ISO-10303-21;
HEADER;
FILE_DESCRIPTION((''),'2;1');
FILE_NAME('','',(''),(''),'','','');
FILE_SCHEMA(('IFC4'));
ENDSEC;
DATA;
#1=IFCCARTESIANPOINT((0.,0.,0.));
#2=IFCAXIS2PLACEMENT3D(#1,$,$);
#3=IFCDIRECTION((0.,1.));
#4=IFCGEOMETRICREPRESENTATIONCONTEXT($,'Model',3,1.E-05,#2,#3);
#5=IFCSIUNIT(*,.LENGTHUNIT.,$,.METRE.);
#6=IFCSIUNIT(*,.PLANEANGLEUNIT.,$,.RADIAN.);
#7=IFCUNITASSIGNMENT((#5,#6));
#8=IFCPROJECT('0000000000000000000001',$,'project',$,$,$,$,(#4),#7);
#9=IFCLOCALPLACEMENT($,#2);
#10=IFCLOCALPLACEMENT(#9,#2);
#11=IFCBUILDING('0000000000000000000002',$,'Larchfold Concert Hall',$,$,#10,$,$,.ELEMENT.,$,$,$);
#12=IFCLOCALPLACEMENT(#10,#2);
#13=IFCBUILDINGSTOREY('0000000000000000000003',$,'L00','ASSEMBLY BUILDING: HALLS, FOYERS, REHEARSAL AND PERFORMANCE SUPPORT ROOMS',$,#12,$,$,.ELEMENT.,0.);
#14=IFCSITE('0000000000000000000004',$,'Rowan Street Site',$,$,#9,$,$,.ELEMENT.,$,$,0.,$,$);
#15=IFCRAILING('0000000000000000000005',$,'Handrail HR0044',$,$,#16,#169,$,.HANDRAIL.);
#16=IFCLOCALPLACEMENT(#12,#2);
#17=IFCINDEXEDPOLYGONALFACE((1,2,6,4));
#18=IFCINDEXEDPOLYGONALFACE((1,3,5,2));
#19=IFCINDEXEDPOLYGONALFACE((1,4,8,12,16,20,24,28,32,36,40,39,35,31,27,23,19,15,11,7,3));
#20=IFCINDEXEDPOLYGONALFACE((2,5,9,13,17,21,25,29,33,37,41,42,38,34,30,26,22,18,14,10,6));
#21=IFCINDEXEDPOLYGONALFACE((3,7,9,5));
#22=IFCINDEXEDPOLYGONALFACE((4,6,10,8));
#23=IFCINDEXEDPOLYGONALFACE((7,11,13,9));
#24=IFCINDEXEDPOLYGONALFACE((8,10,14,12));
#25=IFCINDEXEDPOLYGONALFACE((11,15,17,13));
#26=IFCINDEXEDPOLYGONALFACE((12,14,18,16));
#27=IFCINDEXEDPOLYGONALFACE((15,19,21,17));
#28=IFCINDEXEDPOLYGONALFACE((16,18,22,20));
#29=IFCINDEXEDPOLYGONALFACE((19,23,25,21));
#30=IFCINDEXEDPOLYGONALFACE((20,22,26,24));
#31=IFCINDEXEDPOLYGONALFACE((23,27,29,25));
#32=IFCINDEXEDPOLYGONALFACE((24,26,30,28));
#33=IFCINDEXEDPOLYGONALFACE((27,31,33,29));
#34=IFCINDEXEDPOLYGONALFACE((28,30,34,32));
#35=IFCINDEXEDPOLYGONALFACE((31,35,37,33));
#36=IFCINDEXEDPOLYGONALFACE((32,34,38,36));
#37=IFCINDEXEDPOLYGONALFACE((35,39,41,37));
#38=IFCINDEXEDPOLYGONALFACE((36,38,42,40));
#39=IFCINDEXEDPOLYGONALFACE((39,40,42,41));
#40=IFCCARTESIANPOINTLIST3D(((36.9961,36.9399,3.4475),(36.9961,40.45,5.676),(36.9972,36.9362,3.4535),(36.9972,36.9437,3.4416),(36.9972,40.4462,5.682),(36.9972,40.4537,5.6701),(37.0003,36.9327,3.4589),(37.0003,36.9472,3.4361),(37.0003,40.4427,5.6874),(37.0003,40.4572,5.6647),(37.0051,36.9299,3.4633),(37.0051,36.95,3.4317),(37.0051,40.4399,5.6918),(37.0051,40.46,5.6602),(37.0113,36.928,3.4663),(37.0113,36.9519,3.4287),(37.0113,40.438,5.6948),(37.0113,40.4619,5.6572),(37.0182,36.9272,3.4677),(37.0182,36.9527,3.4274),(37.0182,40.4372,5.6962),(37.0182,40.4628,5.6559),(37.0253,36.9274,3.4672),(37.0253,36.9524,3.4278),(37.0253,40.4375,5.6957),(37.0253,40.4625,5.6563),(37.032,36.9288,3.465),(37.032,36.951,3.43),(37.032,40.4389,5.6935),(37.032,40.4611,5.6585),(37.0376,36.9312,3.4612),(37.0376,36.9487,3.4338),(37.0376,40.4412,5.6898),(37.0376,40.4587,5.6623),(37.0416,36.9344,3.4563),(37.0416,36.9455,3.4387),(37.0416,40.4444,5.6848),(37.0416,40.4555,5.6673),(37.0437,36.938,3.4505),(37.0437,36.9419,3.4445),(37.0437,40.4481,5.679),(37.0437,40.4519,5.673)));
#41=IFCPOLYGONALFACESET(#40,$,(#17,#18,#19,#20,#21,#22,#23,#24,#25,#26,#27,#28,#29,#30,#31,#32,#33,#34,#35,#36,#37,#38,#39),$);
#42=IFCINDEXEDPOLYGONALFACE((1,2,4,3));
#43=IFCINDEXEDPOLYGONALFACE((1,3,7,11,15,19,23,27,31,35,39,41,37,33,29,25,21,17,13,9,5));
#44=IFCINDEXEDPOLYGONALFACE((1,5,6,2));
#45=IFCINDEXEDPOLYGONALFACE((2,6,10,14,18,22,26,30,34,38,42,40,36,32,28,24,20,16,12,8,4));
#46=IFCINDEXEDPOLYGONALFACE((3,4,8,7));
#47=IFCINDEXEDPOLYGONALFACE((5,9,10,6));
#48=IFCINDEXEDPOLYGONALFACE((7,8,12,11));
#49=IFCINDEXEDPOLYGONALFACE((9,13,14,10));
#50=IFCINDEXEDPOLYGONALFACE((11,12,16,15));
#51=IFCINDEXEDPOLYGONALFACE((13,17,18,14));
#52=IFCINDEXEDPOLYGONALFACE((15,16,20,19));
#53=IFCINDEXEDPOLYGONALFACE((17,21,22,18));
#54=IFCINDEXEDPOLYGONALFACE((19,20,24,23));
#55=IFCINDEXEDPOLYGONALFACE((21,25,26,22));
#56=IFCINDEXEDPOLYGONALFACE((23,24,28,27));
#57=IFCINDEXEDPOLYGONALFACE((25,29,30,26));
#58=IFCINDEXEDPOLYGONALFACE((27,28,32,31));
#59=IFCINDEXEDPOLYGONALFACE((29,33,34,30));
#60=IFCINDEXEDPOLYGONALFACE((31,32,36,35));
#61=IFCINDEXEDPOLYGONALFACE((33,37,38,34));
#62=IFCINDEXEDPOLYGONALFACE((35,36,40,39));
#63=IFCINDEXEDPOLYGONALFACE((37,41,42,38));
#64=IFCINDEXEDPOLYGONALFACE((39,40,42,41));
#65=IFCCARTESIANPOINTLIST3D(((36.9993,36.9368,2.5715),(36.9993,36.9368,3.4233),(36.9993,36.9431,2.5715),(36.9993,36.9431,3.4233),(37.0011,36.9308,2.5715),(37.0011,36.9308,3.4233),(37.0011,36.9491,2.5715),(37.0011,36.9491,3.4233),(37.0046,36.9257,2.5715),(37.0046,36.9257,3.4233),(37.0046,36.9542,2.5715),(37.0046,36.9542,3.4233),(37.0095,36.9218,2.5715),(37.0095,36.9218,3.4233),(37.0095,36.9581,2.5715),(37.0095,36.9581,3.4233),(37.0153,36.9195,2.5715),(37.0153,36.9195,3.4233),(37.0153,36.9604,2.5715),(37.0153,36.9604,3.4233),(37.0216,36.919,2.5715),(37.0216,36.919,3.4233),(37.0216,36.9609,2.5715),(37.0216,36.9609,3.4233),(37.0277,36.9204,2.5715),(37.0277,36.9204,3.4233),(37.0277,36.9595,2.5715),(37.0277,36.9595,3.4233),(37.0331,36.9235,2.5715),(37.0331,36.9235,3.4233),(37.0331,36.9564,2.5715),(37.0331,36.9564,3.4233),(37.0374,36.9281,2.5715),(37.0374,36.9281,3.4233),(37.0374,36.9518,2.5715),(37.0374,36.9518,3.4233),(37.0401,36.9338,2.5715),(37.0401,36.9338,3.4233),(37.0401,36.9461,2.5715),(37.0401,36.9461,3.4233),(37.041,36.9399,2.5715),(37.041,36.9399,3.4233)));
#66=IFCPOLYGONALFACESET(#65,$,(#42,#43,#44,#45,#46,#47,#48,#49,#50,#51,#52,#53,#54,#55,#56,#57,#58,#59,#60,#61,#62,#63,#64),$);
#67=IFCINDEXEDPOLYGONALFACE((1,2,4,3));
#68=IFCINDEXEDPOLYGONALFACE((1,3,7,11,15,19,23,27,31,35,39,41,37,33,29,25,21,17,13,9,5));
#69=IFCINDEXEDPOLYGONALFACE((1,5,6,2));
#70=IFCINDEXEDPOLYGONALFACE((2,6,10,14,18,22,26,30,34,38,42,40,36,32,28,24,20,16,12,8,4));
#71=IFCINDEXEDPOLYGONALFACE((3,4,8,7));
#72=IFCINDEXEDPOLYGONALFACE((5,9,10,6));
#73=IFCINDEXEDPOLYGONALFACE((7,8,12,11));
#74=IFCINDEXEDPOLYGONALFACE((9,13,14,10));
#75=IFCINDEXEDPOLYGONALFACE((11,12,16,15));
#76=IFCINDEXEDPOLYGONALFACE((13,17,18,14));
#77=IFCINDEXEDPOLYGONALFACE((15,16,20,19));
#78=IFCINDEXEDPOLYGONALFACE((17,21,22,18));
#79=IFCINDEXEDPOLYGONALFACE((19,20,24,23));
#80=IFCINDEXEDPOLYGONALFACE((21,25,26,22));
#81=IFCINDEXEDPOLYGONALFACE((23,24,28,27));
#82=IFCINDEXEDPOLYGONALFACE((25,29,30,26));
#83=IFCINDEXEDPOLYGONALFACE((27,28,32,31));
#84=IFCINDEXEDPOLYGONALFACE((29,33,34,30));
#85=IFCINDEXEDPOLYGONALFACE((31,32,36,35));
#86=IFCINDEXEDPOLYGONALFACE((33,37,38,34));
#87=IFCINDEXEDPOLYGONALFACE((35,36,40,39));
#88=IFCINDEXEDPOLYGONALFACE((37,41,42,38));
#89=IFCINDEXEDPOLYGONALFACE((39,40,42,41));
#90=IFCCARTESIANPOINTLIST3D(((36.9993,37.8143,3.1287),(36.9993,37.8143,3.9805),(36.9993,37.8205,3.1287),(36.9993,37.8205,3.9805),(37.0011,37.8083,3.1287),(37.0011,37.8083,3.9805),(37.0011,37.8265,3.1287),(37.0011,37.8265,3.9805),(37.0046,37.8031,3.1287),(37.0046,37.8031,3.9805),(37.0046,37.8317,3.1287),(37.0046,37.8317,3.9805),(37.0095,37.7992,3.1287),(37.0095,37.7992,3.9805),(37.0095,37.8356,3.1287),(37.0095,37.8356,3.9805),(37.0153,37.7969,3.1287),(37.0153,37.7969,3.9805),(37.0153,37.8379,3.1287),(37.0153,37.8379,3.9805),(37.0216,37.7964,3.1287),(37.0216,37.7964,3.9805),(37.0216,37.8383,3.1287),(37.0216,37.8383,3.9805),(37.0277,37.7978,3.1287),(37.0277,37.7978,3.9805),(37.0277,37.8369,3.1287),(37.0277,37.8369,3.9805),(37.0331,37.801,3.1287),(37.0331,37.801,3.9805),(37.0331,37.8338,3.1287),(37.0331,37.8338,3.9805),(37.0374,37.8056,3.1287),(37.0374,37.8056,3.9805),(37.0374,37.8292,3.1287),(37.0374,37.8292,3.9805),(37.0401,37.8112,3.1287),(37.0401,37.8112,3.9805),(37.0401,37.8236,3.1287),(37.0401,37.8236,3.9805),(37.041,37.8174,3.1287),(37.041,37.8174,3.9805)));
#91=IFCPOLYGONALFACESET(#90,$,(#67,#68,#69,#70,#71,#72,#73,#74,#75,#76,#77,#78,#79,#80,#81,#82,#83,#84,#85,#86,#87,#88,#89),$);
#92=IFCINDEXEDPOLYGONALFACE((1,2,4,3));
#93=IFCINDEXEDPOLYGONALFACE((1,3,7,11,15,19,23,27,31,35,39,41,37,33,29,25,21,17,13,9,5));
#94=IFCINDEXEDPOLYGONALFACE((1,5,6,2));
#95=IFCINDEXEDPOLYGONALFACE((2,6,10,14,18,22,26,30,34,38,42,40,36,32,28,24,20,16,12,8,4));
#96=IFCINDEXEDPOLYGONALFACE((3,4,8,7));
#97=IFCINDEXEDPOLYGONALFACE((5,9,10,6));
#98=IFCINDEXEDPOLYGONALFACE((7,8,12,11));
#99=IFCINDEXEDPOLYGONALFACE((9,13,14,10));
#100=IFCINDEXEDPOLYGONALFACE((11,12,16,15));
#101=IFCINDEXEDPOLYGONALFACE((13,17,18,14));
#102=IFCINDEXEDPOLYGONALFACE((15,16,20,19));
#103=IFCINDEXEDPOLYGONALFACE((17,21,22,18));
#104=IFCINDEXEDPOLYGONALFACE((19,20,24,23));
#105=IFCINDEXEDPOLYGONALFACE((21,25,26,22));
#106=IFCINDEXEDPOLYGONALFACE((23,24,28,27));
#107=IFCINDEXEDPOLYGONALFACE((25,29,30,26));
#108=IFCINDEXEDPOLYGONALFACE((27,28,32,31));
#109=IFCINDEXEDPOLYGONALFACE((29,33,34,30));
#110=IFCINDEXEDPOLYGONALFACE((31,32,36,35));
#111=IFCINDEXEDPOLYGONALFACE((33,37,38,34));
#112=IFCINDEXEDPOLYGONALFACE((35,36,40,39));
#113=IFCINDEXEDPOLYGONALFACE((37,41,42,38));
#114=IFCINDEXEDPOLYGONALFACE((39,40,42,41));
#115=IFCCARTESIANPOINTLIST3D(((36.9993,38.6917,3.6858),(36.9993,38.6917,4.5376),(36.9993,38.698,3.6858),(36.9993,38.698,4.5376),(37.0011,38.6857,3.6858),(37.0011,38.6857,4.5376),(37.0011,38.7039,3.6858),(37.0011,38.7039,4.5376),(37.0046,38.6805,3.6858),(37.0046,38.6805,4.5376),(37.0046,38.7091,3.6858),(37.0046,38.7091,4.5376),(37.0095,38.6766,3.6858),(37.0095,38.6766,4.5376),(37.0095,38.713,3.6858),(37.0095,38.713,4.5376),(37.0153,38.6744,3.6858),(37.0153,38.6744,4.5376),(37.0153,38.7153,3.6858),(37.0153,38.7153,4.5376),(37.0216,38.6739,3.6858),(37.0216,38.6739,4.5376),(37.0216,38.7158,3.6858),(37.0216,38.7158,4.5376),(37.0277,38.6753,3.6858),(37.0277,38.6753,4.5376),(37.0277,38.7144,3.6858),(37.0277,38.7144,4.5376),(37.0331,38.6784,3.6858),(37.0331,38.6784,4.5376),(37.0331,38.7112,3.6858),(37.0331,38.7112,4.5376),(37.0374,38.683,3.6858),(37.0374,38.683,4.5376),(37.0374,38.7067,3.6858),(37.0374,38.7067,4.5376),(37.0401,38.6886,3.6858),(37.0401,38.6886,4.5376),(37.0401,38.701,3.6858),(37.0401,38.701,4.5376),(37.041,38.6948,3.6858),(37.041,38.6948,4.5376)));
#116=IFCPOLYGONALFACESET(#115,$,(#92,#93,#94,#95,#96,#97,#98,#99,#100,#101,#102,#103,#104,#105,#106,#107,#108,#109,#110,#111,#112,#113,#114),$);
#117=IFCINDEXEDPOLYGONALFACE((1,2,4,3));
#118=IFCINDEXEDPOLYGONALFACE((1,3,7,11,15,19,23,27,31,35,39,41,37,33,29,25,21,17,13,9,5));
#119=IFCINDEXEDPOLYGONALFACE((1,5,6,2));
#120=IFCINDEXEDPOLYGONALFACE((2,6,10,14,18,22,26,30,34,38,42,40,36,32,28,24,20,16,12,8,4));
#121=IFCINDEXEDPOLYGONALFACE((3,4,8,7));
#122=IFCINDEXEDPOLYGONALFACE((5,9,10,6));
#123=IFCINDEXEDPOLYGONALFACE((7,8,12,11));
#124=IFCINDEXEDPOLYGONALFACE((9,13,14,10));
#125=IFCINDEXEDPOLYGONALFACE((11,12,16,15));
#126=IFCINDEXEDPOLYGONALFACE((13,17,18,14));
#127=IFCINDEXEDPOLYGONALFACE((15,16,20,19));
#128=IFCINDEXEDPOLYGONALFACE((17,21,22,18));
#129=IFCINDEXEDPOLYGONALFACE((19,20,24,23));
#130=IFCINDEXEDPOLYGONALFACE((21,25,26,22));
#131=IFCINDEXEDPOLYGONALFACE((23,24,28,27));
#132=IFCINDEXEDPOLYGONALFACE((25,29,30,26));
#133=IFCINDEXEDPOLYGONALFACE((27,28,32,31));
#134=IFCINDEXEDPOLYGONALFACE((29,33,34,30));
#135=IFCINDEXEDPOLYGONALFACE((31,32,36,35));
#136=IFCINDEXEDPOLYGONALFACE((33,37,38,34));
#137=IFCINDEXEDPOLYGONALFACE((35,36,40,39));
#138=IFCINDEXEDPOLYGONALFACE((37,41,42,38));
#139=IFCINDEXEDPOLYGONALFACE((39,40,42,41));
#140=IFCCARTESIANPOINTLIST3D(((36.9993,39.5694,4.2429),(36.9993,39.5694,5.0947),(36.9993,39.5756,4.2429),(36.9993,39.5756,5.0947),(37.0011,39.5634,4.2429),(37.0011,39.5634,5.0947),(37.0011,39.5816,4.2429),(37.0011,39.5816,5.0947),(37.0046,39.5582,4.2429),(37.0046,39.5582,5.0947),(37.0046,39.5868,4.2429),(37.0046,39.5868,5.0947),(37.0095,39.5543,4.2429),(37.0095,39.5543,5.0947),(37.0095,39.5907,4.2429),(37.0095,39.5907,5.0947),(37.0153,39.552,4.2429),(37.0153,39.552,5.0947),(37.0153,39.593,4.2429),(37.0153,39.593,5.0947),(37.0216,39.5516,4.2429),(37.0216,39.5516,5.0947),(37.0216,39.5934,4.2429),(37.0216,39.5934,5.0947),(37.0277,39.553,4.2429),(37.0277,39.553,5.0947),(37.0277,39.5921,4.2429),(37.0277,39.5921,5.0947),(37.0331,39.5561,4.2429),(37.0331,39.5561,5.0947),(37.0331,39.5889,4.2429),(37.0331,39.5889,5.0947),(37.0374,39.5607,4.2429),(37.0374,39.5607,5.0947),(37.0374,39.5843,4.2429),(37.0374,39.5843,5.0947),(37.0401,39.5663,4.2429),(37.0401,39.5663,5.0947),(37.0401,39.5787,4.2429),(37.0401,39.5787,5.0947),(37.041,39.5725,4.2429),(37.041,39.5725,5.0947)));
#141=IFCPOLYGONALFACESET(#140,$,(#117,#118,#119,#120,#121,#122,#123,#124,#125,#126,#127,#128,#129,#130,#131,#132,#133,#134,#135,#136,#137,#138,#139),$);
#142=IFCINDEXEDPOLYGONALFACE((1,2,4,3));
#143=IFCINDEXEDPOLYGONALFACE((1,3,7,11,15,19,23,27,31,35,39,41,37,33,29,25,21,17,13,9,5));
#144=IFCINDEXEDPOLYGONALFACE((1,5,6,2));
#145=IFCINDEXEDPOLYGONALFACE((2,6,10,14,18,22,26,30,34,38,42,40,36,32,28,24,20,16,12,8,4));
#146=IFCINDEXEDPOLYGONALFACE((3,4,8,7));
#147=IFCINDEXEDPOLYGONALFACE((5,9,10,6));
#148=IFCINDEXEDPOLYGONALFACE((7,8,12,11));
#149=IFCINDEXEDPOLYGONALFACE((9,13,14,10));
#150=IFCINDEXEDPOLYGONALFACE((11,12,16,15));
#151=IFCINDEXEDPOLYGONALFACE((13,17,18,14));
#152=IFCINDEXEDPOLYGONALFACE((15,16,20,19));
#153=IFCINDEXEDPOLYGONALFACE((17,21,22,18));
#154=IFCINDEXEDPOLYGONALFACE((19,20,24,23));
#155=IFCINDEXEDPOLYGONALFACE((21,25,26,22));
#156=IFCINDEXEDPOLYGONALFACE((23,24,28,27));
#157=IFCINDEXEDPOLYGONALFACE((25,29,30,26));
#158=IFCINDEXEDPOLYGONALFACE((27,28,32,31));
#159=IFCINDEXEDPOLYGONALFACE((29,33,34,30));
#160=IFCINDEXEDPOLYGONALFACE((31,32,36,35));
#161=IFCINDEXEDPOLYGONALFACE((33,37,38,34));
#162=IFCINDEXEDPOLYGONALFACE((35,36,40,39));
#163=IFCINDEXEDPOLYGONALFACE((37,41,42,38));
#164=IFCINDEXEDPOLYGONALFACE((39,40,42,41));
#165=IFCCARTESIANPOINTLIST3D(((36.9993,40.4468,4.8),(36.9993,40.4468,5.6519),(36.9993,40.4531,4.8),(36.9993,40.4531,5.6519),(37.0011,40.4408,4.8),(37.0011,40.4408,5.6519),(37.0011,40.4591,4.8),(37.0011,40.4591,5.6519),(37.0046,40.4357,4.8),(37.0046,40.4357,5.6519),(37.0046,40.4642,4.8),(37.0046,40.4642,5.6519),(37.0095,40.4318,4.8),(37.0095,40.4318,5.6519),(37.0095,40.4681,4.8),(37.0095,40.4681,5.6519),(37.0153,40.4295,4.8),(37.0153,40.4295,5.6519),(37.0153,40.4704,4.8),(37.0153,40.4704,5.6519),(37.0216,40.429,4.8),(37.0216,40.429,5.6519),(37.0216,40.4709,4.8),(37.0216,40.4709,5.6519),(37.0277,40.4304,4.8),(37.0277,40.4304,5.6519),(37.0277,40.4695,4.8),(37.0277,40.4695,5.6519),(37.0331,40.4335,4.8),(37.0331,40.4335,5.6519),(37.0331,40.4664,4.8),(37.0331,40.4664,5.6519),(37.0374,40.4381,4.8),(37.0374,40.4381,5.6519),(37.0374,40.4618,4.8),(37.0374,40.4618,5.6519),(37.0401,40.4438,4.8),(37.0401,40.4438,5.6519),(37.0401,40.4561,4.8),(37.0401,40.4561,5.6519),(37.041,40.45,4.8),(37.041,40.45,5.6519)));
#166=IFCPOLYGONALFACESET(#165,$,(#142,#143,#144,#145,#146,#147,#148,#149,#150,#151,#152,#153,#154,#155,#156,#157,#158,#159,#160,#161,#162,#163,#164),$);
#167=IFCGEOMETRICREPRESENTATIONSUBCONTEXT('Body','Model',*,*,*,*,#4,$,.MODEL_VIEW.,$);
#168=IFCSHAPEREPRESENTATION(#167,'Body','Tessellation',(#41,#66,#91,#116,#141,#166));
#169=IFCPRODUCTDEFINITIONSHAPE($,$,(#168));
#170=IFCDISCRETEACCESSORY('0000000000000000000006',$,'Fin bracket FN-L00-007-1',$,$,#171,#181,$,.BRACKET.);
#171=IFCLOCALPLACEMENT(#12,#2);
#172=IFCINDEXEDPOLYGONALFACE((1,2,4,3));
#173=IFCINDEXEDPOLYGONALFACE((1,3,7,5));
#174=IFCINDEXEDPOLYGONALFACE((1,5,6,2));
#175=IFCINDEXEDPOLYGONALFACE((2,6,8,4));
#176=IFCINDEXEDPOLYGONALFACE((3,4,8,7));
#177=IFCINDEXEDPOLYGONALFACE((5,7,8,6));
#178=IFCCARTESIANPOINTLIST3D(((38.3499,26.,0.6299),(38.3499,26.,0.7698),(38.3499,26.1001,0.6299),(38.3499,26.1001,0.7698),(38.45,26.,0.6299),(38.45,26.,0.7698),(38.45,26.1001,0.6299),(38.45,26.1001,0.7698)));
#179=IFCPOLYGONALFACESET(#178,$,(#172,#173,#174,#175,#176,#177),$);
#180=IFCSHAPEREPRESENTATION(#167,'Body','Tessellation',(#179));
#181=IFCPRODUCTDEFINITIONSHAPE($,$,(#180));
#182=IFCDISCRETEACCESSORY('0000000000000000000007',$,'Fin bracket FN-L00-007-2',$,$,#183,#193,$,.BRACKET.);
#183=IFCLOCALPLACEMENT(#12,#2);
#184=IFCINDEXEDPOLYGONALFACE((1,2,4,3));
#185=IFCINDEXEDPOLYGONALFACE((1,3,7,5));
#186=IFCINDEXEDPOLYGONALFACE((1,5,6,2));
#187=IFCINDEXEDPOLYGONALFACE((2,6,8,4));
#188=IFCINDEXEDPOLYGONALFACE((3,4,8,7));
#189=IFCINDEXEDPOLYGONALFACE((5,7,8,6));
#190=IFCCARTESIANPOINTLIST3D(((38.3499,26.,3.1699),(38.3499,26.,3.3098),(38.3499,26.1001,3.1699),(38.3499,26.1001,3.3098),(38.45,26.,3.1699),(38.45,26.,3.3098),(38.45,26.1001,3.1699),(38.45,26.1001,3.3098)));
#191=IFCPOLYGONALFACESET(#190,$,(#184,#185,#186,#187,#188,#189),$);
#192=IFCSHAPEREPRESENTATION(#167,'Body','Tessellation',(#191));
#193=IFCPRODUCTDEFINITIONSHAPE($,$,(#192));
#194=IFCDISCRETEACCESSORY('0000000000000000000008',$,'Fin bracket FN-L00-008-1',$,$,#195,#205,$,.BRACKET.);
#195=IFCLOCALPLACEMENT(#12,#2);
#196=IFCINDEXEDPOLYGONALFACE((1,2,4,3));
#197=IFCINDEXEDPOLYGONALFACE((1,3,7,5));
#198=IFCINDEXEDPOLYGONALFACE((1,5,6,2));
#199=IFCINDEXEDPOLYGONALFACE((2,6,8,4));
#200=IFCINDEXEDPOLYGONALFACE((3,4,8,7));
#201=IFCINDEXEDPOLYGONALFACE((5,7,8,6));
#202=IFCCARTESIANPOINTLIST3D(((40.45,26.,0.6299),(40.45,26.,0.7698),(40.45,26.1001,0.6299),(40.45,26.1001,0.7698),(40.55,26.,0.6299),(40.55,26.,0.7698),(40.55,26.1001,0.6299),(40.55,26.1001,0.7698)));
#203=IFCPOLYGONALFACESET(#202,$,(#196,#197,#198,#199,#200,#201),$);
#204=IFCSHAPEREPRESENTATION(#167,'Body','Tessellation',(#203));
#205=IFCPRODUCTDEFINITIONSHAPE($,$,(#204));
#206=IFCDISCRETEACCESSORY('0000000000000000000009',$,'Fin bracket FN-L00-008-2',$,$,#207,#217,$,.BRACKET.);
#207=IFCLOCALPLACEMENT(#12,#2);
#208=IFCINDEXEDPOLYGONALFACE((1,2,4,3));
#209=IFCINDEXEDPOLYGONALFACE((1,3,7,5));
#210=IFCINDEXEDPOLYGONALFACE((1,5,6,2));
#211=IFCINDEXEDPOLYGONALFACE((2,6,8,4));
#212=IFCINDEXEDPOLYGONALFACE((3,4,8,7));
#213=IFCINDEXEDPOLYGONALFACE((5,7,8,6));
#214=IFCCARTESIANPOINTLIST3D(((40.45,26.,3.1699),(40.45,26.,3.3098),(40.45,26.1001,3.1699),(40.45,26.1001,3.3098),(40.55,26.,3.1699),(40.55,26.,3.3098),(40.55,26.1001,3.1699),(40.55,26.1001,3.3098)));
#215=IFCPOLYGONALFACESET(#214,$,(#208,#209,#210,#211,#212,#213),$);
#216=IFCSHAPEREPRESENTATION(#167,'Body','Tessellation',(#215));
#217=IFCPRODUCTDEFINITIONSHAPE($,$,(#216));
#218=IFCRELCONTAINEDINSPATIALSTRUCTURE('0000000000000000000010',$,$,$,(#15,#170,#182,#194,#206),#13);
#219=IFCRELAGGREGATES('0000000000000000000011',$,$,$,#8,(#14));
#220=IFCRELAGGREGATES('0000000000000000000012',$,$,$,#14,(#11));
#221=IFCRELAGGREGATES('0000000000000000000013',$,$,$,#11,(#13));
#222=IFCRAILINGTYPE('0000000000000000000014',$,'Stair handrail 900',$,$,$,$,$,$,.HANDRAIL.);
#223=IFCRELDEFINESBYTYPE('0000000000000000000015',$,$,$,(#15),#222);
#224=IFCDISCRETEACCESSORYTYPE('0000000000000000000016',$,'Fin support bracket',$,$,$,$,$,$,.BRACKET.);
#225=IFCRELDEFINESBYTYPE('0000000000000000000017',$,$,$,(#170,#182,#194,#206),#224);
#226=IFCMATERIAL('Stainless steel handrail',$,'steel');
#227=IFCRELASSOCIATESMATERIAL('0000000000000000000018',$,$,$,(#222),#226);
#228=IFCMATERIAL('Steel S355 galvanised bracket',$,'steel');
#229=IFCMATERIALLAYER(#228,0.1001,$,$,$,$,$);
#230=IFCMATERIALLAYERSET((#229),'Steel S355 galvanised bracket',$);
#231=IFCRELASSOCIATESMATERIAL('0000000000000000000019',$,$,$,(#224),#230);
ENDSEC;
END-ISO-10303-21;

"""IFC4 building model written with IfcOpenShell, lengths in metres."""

from ifc_helpers import new_model, si_unit, direction, frame, origin, origin_2d, place, context, subcontext, project, spatial, rectangle, circle, extrude, material, layer, layer_set, type_object, element, save


model = new_model("IFC4")

# Units and contexts
model_context = context("Model", 3, precision=1e-05, world=origin(), true_north=direction((0.0, 1.0)))
body_context = subcontext(model_context, "Body", "Model", "MODEL_VIEW")
ifc_project = project(units=[si_unit("LENGTHUNIT", "METRE"), si_unit("PLANEANGLEUNIT", "RADIAN")], contexts=[model_context])

# Site, building, storey
site_placement = place(None, origin())
site = spatial("IfcSite", under=ifc_project, at=site_placement, Name="Rowan Street Site", CompositionType="ELEMENT", RefElevation=0.0)
building_placement = place(site_placement, origin())
building = spatial("IfcBuilding", under=site, at=building_placement, Name="Larchfold Concert Hall", CompositionType="ELEMENT")
storey_placement = place(building_placement, origin())
storey = spatial("IfcBuildingStorey", under=building, at=storey_placement, Name="L00", Description="ASSEMBLY BUILDING: HALLS, FOYERS, REHEARSAL AND PERFORMANCE SUPPORT ROOMS", CompositionType="ELEMENT", Elevation=0.0)

# Railing
ifc_material_1 = material(Name="Stainless steel handrail", Category="steel")
railing_type_1 = type_object("IfcRailingType", Name="Stair handrail 900", PredefinedType="HANDRAIL", material=ifc_material_1)
railing_1_placement = place(storey_placement, frame((37.02, 36.9399, 2.5715)))
element("IfcRailing", 1, at=railing_1_placement, inside=storey, type_object=railing_type_1, Name="Handrail HR0044", PredefinedType="HANDRAIL", context=body_context, shape_type="SweptSolid", body=[
    extrude(circle(Radius=0.0239, at=origin_2d()), frame((0.0, 0.0, 0.876), z_axis=(0.0, 0.84422, 0.535998), x_axis=(-1.0, 0.0, 0.0)), (0.0, 0.0, 1.0), 4.1577),
    extrude(circle(Radius=0.021, at=origin_2d()), origin(), (0.0, 0.0, 1.0), 0.8518),
    extrude(circle(Radius=0.021, at=origin_2d()), frame((0.0, 0.8774, 0.5571)), (0.0, 0.0, 1.0), 0.8518),
    extrude(circle(Radius=0.021, at=origin_2d()), frame((0.0, 1.7549, 1.1143)), (0.0, 0.0, 1.0), 0.8518),
    extrude(circle(Radius=0.021, at=origin_2d()), frame((0.0, 2.6326, 1.6714)), (0.0, 0.0, 1.0), 0.8518),
    extrude(circle(Radius=0.021, at=origin_2d()), frame((0.0, 3.51, 2.2285)), (0.0, 0.0, 1.0), 0.8518),
])

# Discrete accessories
ifc_material_2 = material(Name="Steel S355 galvanised bracket", Category="steel")
ifc_layer_1 = layer(ifc_material_2, 0.1001)
ifc_layer_set_1 = layer_set([ifc_layer_1], Name="Steel S355 galvanised bracket")
discrete_accessory_type = type_object("IfcDiscreteAccessoryType", Name="Fin support bracket", PredefinedType="BRACKET", material=ifc_layer_set_1)
for number, where, z_axis, x_axis, name in (
    (2, (38.3999, 26.05, 0.6299), (0.0, 0.0, 1.0), (0.0, 1.0, 0.0), "Fin bracket FN-L00-007-1"),
    (3, (38.3999, 26.05, 3.1699), (0.0, 0.0, 1.0), (0.0, 1.0, 0.0), "Fin bracket FN-L00-007-2"),
    (4, (40.5, 26.05, 0.6299), (0.0, 0.0, 1.0), (0.0, 1.0, 0.0), "Fin bracket FN-L00-008-1"),
    (5, (40.5, 26.05, 3.1699), (0.0, 0.0, 1.0), (0.0, 1.0, 0.0), "Fin bracket FN-L00-008-2"),
):
    element("IfcDiscreteAccessory", number, at=place(storey_placement, frame(where, z_axis=z_axis, x_axis=x_axis)), inside=storey, type_object=discrete_accessory_type, Name=name, PredefinedType="BRACKET", context=body_context, shape_type="SweptSolid", body=[
        extrude(rectangle(XDim=0.1001, YDim=0.1001, at=origin_2d()), origin(), (0.0, 0.0, 1.0), 0.1399),
    ])

save(model, "model.ifc")
